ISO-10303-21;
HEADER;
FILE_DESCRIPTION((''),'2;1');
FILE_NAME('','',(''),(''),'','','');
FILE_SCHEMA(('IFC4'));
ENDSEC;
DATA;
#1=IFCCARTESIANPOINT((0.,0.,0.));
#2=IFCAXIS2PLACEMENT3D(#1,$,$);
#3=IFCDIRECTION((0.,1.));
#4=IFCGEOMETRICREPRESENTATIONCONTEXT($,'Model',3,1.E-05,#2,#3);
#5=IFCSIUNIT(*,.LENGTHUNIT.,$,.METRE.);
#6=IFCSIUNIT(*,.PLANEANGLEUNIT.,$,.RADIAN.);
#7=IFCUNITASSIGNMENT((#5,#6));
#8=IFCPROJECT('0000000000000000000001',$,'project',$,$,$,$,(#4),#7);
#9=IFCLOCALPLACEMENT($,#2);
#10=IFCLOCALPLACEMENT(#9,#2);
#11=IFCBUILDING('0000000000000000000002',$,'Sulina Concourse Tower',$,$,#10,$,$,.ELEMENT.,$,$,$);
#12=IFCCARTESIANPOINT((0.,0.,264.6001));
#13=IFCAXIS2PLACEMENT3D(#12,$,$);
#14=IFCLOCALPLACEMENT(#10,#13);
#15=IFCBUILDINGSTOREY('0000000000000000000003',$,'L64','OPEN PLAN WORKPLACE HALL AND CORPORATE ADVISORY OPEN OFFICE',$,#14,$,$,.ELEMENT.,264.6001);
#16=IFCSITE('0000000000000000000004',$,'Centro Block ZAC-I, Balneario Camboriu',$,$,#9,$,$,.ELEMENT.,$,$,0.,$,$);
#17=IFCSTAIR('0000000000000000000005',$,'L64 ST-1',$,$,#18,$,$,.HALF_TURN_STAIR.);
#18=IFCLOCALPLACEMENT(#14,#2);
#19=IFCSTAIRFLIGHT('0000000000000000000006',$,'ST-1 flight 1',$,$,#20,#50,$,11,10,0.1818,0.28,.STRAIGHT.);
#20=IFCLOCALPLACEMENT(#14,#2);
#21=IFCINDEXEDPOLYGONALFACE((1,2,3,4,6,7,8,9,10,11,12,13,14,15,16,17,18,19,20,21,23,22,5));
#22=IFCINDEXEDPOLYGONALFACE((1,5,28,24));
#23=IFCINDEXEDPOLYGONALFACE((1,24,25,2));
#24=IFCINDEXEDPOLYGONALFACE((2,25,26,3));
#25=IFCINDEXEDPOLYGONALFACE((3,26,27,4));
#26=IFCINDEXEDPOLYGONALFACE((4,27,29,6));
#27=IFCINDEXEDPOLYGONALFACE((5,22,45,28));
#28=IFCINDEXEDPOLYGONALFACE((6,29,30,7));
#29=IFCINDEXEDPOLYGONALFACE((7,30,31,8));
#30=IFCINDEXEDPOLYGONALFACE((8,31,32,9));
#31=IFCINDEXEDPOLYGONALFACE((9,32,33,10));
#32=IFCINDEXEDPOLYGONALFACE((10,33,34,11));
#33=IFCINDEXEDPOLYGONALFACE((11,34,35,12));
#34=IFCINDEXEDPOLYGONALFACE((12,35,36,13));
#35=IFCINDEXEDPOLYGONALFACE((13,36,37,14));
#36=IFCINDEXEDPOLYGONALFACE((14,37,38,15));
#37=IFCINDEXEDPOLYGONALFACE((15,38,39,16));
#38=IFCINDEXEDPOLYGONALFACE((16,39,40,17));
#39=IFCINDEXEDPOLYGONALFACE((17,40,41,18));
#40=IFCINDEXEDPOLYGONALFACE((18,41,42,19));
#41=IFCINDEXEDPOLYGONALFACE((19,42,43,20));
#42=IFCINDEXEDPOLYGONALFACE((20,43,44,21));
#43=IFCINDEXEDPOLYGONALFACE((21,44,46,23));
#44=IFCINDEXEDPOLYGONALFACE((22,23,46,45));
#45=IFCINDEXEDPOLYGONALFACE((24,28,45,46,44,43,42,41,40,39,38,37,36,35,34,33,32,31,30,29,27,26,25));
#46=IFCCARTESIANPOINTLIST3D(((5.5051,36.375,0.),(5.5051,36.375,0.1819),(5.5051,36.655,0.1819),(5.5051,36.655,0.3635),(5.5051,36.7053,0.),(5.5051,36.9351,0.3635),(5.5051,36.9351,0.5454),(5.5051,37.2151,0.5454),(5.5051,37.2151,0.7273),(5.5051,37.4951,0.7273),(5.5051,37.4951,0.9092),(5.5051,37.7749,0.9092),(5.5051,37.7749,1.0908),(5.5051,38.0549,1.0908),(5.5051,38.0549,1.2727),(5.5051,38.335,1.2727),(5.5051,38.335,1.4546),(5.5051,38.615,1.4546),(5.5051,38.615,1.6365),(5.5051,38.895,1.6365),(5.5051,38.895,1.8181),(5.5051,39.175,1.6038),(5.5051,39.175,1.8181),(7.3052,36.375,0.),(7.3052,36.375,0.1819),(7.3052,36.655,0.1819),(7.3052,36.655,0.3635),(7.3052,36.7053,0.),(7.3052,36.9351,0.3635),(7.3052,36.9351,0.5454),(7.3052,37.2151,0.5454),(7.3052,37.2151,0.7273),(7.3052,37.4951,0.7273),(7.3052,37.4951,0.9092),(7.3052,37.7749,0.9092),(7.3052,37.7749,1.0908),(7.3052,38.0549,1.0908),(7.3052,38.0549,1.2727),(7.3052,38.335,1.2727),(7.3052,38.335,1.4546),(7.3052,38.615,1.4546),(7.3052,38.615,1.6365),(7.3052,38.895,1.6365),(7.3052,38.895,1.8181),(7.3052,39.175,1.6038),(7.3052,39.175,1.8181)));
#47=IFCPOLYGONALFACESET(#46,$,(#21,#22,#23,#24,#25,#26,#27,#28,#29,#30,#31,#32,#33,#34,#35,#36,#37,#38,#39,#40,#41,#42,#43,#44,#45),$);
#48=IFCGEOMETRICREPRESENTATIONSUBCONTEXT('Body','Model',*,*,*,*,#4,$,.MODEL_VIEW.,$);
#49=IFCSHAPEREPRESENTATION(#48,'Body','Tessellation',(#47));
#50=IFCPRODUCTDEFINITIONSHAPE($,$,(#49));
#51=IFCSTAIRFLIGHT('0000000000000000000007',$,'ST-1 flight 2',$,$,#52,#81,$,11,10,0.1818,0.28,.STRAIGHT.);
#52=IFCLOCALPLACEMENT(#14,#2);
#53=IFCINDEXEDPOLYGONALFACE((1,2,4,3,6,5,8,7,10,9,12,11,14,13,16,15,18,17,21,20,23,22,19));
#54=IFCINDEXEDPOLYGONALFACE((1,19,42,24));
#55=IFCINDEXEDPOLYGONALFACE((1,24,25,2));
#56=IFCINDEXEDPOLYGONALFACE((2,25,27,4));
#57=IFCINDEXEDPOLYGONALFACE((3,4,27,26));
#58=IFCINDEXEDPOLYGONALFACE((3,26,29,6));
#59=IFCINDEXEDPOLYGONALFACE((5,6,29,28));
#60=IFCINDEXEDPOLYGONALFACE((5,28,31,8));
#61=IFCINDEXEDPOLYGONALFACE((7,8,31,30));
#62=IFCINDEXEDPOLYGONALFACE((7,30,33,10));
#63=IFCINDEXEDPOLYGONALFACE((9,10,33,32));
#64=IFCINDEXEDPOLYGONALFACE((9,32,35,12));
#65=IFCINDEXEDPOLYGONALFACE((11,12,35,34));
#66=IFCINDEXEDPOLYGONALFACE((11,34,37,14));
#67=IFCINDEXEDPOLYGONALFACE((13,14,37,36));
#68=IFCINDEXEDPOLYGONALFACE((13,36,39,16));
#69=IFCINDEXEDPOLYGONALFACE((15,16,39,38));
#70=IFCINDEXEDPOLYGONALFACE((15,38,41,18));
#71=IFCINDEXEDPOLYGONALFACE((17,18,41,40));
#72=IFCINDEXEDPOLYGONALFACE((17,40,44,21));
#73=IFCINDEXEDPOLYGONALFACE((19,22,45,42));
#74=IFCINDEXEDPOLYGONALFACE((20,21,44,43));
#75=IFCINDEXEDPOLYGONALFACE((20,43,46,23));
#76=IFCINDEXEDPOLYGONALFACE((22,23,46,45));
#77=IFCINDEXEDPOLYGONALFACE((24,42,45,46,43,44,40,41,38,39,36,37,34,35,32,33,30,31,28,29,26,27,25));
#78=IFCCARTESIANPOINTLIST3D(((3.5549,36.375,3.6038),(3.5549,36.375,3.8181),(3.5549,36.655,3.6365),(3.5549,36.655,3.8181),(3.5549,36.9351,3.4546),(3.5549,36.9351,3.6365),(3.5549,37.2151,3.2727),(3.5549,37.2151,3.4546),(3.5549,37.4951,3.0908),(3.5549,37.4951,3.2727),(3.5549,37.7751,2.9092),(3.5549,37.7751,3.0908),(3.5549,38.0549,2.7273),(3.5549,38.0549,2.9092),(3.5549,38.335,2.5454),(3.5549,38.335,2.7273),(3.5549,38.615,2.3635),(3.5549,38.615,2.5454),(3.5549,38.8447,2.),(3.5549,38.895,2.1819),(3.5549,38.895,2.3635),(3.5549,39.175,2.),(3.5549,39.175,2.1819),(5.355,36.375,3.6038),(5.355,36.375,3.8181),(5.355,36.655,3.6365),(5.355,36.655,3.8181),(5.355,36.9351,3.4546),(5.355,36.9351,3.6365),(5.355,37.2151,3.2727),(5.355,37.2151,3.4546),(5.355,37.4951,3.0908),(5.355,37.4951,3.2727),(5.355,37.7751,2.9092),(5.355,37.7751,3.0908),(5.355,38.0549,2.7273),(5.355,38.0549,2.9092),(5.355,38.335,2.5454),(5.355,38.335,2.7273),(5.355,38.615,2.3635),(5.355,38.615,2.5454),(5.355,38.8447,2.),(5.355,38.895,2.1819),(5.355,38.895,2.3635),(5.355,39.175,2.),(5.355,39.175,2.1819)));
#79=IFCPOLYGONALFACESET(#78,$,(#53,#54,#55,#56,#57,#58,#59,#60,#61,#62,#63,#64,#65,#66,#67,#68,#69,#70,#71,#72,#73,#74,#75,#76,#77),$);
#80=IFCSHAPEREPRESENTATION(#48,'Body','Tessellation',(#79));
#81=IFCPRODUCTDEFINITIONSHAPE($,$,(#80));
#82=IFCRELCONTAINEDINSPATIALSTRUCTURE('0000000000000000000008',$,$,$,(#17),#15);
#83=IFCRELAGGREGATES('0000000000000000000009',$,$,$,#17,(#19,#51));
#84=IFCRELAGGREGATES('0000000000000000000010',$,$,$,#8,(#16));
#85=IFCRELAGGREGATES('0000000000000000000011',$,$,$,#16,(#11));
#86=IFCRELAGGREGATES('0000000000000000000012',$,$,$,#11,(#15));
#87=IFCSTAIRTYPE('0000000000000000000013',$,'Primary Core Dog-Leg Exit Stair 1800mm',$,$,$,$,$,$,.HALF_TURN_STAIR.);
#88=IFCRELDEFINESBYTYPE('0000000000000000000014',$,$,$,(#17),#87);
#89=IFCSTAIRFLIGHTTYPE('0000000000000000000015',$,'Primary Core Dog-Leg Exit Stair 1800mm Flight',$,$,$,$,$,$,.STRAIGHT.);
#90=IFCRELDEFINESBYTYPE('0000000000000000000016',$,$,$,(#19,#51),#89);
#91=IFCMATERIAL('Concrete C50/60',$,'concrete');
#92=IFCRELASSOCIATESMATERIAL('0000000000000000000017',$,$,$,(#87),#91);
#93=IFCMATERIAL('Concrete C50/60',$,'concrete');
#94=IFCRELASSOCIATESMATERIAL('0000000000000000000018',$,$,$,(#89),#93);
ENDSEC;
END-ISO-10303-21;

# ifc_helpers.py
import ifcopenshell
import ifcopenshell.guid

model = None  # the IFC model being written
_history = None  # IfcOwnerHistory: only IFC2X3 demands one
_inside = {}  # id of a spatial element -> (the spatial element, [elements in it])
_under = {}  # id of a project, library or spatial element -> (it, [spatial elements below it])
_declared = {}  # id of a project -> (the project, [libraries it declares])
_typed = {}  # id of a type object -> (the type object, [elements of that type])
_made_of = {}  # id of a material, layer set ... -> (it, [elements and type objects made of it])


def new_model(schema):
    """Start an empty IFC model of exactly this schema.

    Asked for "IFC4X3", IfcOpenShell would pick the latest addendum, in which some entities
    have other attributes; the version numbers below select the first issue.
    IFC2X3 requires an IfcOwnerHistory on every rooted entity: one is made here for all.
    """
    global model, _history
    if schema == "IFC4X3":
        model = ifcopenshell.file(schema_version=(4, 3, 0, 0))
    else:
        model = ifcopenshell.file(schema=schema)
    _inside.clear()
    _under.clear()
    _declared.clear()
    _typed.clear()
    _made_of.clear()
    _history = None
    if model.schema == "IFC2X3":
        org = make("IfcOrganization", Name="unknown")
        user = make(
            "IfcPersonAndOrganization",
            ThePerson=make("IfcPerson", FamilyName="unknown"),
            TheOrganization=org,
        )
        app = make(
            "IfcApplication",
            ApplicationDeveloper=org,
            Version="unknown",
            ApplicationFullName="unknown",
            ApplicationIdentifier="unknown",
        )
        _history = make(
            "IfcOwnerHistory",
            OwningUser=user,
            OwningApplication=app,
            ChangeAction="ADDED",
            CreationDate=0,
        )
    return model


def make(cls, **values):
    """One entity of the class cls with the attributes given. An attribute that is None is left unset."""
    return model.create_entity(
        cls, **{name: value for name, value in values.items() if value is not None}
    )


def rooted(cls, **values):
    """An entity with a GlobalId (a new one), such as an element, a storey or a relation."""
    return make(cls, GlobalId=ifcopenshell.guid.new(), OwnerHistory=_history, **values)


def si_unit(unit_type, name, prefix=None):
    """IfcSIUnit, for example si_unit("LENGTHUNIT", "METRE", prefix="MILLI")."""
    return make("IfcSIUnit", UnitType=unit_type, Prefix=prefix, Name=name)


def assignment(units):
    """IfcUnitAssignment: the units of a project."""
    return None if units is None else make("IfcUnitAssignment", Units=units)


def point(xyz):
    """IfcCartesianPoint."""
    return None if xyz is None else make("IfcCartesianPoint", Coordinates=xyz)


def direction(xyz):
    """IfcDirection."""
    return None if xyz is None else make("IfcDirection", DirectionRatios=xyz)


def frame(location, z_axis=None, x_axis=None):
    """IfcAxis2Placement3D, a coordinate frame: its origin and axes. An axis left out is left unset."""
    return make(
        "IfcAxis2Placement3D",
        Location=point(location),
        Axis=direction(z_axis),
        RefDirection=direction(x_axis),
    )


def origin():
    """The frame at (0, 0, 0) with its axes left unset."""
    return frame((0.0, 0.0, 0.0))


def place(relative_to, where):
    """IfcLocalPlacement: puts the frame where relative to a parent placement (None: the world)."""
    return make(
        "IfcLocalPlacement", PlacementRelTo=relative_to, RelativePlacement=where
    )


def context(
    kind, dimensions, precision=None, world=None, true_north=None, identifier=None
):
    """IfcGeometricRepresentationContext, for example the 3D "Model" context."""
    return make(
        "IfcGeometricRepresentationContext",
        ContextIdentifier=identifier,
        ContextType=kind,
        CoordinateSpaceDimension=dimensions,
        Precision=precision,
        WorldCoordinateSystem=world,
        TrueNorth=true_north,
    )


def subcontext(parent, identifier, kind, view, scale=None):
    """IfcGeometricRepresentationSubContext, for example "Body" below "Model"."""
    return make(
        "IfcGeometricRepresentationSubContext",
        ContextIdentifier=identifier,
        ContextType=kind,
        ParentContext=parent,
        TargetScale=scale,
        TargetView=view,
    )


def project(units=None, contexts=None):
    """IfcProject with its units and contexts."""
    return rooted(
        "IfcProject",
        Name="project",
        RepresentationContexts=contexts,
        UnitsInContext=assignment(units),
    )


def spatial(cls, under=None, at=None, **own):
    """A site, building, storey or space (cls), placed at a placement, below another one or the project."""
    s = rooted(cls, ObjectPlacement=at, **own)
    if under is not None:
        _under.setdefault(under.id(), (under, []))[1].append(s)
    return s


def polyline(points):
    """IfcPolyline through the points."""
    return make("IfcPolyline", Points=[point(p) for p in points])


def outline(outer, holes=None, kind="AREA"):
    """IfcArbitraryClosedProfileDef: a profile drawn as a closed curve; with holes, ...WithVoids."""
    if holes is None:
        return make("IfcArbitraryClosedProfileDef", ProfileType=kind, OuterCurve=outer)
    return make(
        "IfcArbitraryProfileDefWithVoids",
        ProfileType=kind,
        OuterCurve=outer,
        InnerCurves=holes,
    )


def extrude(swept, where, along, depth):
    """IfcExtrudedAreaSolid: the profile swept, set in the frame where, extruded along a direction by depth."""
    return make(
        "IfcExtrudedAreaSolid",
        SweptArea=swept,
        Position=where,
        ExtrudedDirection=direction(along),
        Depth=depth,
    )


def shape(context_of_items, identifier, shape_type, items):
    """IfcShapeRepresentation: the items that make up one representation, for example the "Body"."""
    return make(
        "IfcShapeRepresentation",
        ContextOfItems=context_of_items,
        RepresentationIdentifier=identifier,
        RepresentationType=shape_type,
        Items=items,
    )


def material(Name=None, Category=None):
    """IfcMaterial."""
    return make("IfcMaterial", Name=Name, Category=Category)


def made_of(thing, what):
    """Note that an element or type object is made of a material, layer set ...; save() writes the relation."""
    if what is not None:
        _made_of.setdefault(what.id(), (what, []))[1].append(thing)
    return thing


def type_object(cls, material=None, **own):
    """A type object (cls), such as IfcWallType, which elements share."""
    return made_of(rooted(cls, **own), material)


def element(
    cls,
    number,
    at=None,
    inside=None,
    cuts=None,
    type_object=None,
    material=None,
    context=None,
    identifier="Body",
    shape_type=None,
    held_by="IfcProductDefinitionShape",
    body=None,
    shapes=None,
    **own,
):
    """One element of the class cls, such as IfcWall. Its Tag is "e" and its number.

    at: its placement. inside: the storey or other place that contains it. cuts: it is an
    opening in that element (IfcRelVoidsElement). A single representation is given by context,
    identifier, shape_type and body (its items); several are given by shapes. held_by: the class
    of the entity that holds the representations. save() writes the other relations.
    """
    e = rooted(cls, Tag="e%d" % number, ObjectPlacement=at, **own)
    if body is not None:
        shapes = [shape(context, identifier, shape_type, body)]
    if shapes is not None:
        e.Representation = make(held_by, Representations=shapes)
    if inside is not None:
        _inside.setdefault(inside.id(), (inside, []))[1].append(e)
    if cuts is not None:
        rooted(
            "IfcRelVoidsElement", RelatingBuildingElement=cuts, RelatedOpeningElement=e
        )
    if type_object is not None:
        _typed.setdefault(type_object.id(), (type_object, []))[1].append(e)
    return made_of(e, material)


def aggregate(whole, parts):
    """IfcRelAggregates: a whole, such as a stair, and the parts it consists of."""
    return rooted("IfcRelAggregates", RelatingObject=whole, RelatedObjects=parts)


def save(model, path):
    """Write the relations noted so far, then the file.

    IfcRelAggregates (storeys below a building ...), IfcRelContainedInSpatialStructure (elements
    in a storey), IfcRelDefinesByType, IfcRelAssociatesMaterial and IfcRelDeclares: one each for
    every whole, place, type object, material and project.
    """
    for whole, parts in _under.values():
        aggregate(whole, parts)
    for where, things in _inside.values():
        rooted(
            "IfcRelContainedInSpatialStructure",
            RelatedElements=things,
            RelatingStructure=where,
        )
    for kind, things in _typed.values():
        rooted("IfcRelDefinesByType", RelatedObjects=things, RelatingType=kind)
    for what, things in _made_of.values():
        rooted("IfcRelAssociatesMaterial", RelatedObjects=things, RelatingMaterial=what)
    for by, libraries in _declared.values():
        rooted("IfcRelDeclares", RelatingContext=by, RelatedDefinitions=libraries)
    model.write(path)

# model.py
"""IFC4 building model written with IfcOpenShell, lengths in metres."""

from ifc_helpers import new_model, si_unit, direction, frame, origin, place, context, subcontext, project, spatial, polyline, outline, extrude, material, type_object, element, aggregate, save


model = new_model("IFC4")

# Units and contexts
model_context = context("Model", 3, precision=1e-05, world=origin(), true_north=direction((0.0, 1.0)))
body_context = subcontext(model_context, "Body", "Model", "MODEL_VIEW")
ifc_project = project(units=[si_unit("LENGTHUNIT", "METRE"), si_unit("PLANEANGLEUNIT", "RADIAN")], contexts=[model_context])

# Site, building, storey
site_placement = place(None, origin())
site = spatial("IfcSite", under=ifc_project, at=site_placement, Name="Centro Block ZAC-I, Balneario Camboriu", CompositionType="ELEMENT", RefElevation=0.0)
building_placement = place(site_placement, origin())
building = spatial("IfcBuilding", under=site, at=building_placement, Name="Sulina Concourse Tower", CompositionType="ELEMENT")
storey_placement = place(building_placement, frame((0.0, 0.0, 264.6001)))
storey = spatial("IfcBuildingStorey", under=building, at=storey_placement, Name="L64", Description="OPEN PLAN WORKPLACE HALL AND CORPORATE ADVISORY OPEN OFFICE", CompositionType="ELEMENT", Elevation=264.6001)

# Stair, stair flights
ifc_material_1 = material(Name="Concrete C50/60", Category="concrete")
stair_type = type_object("IfcStairType", Name="Primary Core Dog-Leg Exit Stair 1800mm", PredefinedType="HALF_TURN_STAIR", material=ifc_material_1)
stair_placement = place(storey_placement, origin())
stair = element("IfcStair", 1, at=stair_placement, inside=storey, type_object=stair_type, Name="L64 ST-1", PredefinedType="HALF_TURN_STAIR")
ifc_material_2 = material(Name="Concrete C50/60", Category="concrete")
stair_flight_type = type_object("IfcStairFlightType", Name="Primary Core Dog-Leg Exit Stair 1800mm Flight", PredefinedType="STRAIGHT", material=ifc_material_2)
stair_flight_1_placement = place(storey_placement, frame((6.405, 36.375, 0.0), z_axis=(0.0, 0.0, 1.0), x_axis=(0.0, 1.0, 0.0)))
stair_flight_1 = element("IfcStairFlight", 2, at=stair_flight_1_placement, type_object=stair_flight_type, Name="ST-1 flight 1", NumberOfRisers=11, NumberOfTreads=10, PredefinedType="STRAIGHT", RiserHeight=0.1818, TreadLength=0.28, context=body_context, shape_type="SweptSolid", body=[
    extrude(outline(polyline([(0.0, 0.0), (0.0, 0.1819), (0.28, 0.1819), (0.28, 0.3635), (0.5601, 0.3635), (0.5601, 0.5454), (0.8401, 0.5454), (0.8401, 0.7273), (1.1201, 0.7273), (1.1201, 0.9092), (1.3999, 0.9092), (1.3999, 1.0908), (1.6799, 1.0908), (1.6799, 1.2727), (1.96, 1.2727), (1.96, 1.4546), (2.24, 1.4546), (2.24, 1.6365), (2.52, 1.6365), (2.52, 1.8181), (2.8, 1.8181), (2.8, 2.0), (2.8, 1.6038), (0.3303, 0.0), (0.0, 0.0)])), frame((0.0, 0.8999, 0.0), z_axis=(0.0, -1.0, 0.0), x_axis=(1.0, 0.0, 0.0)), (0.0, 0.0, 1.0), 1.8),
])
stair_flight_2_placement = place(storey_placement, frame((4.4551, 39.175, 2.0), z_axis=(0.0, 0.0, 1.0), x_axis=(0.0, -1.0, 0.0)))
stair_flight_2 = element("IfcStairFlight", 3, at=stair_flight_2_placement, type_object=stair_flight_type, Name="ST-1 flight 2", NumberOfRisers=11, NumberOfTreads=10, PredefinedType="STRAIGHT", RiserHeight=0.1818, TreadLength=0.28, context=body_context, shape_type="SweptSolid", body=[
    extrude(outline(polyline([(0.0, 0.0), (0.0, 0.1819), (0.28, 0.1819), (0.28, 0.3635), (0.5601, 0.3635), (0.5601, 0.5454), (0.8401, 0.5454), (0.8401, 0.7273), (1.1201, 0.7273), (1.1201, 0.9092), (1.3999, 0.9092), (1.3999, 1.0908), (1.6799, 1.0908), (1.6799, 1.2727), (1.96, 1.2727), (1.96, 1.4546), (2.24, 1.4546), (2.24, 1.6365), (2.52, 1.6365), (2.52, 1.8181), (2.8, 1.8181), (2.8, 2.0), (2.8, 1.6038), (0.3303, 0.0), (0.0, 0.0)])), frame((0.0, 0.8999, 0.0), z_axis=(0.0, -1.0, 0.0), x_axis=(1.0, 0.0, 0.0)), (0.0, 0.0, 1.0), 1.8),
])
aggregate(stair, [stair_flight_1, stair_flight_2])

save(model, "model.ifc")
